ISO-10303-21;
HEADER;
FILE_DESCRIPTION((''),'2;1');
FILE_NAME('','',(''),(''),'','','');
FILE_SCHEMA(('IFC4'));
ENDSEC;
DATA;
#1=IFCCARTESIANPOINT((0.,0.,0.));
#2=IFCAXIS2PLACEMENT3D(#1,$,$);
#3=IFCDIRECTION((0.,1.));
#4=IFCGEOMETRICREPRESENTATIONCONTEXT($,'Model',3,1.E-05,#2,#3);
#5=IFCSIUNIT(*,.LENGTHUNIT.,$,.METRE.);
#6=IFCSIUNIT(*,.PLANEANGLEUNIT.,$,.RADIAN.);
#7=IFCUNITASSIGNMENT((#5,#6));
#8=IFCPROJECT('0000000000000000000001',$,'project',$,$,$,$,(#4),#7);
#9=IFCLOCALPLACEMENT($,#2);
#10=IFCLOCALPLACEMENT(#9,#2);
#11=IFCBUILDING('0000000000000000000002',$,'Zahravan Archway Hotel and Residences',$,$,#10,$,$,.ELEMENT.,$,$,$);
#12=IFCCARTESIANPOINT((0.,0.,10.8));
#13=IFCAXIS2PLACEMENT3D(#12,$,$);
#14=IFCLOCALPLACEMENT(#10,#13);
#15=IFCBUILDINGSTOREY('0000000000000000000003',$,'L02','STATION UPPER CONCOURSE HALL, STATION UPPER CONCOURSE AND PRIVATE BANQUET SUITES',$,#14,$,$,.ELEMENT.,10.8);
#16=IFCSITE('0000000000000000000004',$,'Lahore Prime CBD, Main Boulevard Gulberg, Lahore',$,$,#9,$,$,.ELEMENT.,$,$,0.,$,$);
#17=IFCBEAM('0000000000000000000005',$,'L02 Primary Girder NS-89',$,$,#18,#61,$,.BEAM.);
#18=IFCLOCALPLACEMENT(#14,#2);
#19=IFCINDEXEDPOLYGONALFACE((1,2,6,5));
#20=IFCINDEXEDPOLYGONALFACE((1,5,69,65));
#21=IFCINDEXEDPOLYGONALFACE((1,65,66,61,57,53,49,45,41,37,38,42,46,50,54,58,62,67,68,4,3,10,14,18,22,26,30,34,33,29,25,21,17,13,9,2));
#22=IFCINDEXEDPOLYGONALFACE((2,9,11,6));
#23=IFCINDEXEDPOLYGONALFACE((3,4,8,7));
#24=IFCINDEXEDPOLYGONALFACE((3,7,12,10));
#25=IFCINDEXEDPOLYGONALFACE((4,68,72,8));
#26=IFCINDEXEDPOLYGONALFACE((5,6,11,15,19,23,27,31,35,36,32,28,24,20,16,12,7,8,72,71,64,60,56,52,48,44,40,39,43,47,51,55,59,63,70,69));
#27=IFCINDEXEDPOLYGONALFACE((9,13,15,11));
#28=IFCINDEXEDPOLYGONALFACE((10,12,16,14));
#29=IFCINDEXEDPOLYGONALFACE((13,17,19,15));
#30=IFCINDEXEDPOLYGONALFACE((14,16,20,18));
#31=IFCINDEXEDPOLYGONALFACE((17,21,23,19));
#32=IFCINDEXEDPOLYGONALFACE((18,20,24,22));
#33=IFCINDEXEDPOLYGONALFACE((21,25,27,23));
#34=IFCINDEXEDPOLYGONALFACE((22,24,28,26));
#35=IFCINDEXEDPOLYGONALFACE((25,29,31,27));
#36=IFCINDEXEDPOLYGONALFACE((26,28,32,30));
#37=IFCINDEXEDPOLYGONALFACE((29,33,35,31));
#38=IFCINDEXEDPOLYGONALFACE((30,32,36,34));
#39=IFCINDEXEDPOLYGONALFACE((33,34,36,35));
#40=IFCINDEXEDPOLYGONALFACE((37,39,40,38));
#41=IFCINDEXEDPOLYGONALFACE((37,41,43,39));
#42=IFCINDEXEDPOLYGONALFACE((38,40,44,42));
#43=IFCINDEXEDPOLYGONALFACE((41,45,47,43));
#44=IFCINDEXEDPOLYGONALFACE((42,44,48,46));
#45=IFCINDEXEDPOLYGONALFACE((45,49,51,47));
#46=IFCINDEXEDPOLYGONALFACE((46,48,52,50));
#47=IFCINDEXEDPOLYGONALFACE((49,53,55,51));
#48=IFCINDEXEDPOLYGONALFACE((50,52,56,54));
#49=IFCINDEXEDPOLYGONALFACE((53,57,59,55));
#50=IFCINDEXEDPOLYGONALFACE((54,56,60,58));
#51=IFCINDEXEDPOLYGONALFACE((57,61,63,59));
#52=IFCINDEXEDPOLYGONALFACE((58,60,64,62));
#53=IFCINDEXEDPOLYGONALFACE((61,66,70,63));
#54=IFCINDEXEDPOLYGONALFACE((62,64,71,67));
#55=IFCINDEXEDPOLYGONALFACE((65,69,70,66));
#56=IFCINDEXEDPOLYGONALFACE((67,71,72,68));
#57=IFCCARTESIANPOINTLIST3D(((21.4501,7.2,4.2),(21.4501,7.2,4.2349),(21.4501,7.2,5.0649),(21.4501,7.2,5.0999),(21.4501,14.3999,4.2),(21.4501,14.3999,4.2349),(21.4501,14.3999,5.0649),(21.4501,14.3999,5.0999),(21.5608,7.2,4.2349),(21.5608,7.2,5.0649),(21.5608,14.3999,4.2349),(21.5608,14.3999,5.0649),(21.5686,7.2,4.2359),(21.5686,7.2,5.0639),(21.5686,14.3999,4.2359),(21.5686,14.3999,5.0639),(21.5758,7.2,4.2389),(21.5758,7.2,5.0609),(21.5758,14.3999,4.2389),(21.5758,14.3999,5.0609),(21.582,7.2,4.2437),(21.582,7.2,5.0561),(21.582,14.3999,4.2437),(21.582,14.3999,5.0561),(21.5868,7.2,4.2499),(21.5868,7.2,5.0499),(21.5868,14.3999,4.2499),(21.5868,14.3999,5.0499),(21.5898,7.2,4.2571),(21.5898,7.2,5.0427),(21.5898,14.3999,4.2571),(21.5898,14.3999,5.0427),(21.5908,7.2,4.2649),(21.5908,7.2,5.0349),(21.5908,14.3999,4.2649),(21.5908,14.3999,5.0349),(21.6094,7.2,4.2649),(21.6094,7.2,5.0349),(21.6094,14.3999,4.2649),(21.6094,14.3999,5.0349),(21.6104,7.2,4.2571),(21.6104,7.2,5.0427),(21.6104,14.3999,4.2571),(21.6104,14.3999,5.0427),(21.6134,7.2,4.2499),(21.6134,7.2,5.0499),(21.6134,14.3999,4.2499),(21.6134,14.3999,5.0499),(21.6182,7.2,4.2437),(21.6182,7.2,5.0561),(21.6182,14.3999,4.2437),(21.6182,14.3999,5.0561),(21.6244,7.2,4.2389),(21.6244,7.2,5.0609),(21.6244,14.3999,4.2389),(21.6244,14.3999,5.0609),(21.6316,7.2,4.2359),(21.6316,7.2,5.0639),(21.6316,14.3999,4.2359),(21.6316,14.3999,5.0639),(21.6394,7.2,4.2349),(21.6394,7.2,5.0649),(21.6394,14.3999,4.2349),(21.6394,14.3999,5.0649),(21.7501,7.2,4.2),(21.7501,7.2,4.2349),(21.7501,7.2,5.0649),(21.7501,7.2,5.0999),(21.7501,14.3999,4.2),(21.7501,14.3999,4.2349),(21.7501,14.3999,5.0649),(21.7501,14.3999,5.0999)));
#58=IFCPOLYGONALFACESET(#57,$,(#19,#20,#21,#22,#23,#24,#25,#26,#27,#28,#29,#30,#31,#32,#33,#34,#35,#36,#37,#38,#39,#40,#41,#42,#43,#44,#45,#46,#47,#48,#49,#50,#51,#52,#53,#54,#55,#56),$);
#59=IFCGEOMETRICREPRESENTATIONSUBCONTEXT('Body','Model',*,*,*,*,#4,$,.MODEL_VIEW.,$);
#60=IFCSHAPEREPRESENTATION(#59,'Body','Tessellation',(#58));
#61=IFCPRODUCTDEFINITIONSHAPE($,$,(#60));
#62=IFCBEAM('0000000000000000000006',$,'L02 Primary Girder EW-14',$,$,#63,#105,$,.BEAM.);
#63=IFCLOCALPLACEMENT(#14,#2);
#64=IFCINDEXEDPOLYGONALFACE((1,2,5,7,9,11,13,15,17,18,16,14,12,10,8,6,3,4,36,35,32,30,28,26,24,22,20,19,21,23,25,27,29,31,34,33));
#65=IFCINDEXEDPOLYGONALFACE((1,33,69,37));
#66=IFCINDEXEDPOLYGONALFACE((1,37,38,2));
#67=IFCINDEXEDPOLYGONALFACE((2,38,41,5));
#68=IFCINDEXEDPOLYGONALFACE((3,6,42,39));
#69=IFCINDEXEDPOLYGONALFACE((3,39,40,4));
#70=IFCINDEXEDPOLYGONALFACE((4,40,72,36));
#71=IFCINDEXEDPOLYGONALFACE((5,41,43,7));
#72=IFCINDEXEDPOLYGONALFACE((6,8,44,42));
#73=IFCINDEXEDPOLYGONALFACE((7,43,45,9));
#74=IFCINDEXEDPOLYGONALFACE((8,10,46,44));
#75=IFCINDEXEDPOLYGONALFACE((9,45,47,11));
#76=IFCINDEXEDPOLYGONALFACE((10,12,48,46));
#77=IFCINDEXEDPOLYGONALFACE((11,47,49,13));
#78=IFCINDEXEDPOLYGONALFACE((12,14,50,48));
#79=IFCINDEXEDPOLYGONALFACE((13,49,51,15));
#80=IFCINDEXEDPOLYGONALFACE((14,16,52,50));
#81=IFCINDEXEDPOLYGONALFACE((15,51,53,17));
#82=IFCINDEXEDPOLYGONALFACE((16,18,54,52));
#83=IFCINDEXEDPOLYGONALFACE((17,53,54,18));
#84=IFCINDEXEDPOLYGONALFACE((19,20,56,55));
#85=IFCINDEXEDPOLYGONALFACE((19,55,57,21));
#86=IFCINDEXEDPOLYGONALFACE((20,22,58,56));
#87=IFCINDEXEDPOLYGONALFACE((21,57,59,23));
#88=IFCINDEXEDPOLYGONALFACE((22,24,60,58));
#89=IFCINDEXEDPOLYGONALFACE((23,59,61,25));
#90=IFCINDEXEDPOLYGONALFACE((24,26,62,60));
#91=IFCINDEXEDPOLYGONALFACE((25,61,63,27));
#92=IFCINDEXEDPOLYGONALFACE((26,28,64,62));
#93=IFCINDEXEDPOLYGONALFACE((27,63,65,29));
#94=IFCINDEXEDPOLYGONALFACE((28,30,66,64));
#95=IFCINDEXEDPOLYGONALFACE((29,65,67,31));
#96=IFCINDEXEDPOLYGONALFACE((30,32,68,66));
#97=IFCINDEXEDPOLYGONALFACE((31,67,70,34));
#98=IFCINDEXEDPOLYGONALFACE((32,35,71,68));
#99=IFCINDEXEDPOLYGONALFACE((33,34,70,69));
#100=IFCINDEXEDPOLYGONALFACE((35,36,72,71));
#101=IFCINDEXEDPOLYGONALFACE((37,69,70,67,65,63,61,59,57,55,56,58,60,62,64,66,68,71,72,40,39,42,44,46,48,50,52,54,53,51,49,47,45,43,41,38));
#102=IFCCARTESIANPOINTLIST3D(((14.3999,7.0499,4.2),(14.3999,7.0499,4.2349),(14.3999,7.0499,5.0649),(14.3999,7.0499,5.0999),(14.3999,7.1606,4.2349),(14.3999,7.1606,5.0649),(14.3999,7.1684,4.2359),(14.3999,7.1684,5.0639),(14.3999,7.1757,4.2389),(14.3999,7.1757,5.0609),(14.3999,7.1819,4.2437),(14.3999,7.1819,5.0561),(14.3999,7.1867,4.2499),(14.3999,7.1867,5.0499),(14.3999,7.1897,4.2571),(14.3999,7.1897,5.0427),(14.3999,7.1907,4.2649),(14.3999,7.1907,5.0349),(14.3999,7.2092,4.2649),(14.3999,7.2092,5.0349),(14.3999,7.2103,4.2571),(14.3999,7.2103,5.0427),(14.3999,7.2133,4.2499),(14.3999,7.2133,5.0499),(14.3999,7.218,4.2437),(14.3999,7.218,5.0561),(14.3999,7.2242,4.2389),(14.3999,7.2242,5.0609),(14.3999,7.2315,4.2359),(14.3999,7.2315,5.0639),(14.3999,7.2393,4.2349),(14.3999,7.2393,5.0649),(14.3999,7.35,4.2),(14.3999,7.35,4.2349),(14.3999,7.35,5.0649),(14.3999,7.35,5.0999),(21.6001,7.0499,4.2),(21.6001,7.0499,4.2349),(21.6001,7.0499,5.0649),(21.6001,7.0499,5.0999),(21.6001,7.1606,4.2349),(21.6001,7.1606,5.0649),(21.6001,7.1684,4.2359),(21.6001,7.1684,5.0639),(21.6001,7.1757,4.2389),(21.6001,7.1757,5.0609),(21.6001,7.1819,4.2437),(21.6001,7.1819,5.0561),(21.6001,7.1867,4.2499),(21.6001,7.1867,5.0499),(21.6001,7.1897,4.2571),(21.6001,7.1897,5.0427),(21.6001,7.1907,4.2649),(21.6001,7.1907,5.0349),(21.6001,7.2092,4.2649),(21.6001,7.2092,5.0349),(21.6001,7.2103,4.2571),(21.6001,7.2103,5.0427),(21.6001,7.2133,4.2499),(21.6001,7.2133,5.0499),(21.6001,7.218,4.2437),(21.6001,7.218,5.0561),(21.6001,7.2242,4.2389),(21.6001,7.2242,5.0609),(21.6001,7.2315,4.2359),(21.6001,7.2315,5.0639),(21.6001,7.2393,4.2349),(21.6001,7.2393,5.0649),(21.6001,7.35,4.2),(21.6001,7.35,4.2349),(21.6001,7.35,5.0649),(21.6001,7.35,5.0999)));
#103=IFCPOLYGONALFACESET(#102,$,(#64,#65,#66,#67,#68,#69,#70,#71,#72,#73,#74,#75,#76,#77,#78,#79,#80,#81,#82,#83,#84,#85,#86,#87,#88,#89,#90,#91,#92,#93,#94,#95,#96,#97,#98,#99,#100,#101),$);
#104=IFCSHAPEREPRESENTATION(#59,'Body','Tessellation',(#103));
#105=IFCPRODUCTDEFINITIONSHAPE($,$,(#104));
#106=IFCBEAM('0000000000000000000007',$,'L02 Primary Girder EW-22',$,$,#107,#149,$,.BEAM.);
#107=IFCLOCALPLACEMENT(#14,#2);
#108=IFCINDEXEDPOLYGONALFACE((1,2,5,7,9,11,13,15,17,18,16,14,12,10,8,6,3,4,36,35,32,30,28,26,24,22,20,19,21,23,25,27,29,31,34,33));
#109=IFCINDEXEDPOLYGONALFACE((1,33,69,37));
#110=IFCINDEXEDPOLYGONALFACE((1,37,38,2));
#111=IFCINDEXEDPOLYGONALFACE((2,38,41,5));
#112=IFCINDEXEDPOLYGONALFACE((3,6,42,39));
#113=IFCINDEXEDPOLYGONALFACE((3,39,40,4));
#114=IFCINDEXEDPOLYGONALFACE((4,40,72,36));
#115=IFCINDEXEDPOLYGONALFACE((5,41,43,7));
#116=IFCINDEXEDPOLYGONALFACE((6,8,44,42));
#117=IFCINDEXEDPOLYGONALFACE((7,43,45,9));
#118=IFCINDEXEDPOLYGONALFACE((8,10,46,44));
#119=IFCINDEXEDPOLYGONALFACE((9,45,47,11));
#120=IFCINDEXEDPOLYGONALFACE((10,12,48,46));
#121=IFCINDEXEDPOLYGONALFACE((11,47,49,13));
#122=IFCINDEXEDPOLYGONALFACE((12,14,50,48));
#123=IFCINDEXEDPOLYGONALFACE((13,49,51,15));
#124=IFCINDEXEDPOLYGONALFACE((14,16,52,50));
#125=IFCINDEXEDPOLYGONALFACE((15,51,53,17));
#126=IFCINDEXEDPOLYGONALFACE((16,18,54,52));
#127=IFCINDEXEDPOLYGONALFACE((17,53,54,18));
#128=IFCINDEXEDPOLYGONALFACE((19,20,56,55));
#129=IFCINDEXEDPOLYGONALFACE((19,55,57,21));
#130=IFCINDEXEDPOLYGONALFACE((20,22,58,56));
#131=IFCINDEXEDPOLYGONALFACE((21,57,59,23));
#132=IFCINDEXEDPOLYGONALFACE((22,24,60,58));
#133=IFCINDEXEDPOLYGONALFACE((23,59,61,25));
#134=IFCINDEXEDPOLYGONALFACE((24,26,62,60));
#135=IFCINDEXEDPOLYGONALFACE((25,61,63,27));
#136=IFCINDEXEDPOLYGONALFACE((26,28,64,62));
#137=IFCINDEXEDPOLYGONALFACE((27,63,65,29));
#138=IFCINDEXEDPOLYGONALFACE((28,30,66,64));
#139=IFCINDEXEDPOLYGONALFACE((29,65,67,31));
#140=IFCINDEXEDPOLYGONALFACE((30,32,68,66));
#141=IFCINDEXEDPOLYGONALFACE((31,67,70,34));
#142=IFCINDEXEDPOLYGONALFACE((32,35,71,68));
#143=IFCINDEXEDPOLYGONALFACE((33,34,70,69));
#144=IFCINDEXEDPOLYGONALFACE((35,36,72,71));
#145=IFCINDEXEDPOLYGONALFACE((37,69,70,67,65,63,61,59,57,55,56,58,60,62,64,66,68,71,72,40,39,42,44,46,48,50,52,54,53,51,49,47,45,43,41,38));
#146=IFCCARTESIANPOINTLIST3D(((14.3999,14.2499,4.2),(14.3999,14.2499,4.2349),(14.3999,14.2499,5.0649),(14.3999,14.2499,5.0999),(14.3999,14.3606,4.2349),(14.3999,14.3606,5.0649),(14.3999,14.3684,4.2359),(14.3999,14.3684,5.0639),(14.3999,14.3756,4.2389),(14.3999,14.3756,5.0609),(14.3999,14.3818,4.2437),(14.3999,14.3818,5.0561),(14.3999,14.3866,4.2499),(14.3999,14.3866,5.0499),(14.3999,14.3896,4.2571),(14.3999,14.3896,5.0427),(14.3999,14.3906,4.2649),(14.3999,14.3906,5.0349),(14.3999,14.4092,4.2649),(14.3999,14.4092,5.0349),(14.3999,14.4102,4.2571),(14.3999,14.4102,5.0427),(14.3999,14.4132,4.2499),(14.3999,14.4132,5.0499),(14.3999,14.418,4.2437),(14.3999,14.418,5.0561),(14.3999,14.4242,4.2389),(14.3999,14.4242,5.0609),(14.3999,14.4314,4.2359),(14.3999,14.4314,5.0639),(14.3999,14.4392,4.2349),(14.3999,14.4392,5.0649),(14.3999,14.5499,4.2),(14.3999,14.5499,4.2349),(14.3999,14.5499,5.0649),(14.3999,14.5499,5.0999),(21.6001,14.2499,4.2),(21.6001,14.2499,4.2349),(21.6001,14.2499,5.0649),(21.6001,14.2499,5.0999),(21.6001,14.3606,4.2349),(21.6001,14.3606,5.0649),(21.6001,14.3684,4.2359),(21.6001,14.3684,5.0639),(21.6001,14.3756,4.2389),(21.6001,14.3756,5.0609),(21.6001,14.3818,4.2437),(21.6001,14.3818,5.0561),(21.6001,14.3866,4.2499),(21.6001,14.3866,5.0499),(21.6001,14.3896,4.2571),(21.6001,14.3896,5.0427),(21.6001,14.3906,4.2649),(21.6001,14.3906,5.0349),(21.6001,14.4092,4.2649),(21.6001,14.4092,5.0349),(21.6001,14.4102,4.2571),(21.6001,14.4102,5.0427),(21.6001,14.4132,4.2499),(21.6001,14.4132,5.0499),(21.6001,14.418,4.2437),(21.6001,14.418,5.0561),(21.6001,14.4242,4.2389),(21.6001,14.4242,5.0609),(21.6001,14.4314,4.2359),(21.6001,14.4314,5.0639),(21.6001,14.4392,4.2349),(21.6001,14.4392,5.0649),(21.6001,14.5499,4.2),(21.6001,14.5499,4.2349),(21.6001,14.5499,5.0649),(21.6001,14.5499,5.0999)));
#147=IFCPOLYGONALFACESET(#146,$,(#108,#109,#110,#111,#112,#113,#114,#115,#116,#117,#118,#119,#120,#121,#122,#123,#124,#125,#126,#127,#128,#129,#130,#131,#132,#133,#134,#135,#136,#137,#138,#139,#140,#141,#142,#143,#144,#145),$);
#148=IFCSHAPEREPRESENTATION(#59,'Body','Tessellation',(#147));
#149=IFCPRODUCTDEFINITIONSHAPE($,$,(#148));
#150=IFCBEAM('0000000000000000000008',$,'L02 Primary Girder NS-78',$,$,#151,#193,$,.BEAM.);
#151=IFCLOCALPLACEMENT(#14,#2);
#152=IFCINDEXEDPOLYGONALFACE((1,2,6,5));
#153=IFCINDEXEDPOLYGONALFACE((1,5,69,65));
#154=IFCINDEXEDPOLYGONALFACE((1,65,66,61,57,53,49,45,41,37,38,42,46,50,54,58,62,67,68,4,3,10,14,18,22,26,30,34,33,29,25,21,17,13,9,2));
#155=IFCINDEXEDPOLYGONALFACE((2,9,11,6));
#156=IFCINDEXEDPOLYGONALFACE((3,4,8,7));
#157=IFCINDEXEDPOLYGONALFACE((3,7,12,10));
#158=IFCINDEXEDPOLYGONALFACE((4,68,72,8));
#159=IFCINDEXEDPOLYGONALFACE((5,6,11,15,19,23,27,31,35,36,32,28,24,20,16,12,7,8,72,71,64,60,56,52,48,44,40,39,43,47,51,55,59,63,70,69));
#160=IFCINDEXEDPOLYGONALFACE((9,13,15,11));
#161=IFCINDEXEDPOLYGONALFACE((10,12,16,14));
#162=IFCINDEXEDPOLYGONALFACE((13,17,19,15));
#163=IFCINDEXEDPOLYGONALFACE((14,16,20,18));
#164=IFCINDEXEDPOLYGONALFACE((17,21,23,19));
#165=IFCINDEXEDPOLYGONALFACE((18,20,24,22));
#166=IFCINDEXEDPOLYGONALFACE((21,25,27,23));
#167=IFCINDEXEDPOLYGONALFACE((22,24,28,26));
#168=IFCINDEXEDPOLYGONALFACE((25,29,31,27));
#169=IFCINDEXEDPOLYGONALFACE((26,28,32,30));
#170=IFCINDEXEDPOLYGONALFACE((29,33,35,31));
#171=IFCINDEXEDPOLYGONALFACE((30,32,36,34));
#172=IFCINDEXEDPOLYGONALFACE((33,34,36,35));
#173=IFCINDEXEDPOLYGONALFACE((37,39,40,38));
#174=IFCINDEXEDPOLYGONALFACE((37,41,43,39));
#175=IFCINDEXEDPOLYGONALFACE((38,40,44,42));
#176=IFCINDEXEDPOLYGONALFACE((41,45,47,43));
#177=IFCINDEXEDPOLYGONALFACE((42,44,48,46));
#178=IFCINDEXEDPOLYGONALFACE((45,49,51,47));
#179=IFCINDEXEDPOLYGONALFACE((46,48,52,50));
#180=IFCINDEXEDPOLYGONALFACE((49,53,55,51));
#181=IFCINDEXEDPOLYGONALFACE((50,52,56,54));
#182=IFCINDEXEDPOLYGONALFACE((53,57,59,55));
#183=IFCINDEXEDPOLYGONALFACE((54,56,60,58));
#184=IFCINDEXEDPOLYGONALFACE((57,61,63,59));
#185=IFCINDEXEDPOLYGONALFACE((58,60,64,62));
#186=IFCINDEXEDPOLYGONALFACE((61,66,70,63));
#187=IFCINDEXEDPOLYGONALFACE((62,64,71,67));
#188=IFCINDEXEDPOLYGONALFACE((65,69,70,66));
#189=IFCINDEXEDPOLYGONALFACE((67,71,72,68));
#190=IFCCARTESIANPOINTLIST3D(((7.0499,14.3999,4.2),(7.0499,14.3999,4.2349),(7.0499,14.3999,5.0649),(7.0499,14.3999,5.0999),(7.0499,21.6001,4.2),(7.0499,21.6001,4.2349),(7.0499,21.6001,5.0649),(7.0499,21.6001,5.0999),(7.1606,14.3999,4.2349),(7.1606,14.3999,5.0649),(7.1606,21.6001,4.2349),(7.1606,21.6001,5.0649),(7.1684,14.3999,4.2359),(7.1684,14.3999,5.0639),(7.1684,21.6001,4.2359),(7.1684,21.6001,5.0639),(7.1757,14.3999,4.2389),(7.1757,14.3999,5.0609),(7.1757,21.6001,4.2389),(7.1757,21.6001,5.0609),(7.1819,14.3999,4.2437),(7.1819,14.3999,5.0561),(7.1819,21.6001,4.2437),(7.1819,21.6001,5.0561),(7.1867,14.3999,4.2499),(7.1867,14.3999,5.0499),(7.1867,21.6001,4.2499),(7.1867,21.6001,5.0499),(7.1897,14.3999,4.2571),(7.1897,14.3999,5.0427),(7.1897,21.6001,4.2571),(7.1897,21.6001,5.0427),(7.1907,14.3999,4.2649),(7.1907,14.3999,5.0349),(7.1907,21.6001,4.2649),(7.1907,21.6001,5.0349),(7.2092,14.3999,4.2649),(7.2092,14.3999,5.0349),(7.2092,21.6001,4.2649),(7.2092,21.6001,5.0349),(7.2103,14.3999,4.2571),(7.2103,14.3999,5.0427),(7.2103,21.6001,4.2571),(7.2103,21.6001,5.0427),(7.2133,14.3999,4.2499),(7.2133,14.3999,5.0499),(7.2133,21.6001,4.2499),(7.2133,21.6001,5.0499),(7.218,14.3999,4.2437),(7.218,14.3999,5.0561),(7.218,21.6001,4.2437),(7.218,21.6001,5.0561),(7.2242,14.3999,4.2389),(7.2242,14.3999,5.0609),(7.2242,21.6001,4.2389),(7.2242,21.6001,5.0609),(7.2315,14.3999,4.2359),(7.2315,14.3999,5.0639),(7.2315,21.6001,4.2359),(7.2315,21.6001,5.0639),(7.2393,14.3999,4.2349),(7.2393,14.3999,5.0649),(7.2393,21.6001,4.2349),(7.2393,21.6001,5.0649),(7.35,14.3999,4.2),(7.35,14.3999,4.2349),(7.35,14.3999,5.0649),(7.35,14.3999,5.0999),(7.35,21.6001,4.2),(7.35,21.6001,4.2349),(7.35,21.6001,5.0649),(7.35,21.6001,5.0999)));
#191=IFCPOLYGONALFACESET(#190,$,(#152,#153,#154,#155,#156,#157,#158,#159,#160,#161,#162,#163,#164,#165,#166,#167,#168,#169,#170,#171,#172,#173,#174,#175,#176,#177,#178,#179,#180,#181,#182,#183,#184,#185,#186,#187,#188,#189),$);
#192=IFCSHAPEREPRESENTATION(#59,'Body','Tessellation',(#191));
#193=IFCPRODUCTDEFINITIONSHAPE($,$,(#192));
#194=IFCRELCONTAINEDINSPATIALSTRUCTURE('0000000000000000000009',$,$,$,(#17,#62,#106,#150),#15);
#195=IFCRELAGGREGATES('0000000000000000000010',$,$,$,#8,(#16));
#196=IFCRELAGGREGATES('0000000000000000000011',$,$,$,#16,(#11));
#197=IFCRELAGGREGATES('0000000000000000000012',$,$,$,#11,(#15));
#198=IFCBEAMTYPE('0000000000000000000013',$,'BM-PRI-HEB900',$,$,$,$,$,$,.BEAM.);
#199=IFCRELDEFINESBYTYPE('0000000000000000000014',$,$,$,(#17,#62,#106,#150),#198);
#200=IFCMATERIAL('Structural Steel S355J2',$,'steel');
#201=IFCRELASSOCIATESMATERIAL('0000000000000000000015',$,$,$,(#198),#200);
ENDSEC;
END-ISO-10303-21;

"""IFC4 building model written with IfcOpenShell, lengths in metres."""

from ifc_helpers import new_model, si_unit, direction, frame, origin, origin_2d, place, context, subcontext, project, spatial, i_section, extrude, source, transform, mapped, material, material_profile, profile_set, type_object, element, save


model = new_model("IFC4")

# Units and contexts
model_context = context("Model", 3, precision=1e-05, world=origin(), true_north=direction((0.0, 1.0)))
body_context = subcontext(model_context, "Body", "Model", "MODEL_VIEW")
ifc_project = project(units=[si_unit("LENGTHUNIT", "METRE"), si_unit("PLANEANGLEUNIT", "RADIAN")], contexts=[model_context])

# Site, building, storey
site_placement = place(None, origin())
site = spatial("IfcSite", under=ifc_project, at=site_placement, Name="Lahore Prime CBD, Main Boulevard Gulberg, Lahore", CompositionType="ELEMENT", RefElevation=0.0)
building_placement = place(site_placement, origin())
building = spatial("IfcBuilding", under=site, at=building_placement, Name="Zahravan Archway Hotel and Residences", CompositionType="ELEMENT")
storey_placement = place(building_placement, frame((0.0, 0.0, 10.8)))
storey = spatial("IfcBuildingStorey", under=building, at=storey_placement, Name="L02", Description="STATION UPPER CONCOURSE HALL, STATION UPPER CONCOURSE AND PRIVATE BANQUET SUITES", CompositionType="ELEMENT", Elevation=10.8)

# Beams
ifc_material_1 = material(Name="Structural Steel S355J2", Category="steel")
ifc_material_profile_1 = material_profile(ifc_material_1, i_section(OverallWidth=0.3, OverallDepth=0.8999, WebThickness=0.0186, FlangeThickness=0.0349, FilletRadius=0.03, at=origin_2d()), Name="HEB 900", Category="steel")
ifc_profile_set_1 = profile_set([ifc_material_profile_1], Name="Structural Steel S355J2")
beam_type_1 = type_object("IfcBeamType", Name="BM-PRI-HEB900", PredefinedType="BEAM", material=ifc_profile_set_1)
shared_shape_1 = source(origin(), body_context, "Body", "SweptSolid", [
    extrude(i_section(OverallWidth=0.3, OverallDepth=0.8999, WebThickness=0.0186, FlangeThickness=0.0349, FilletRadius=0.03, at=origin_2d()), origin(), (0.0, 0.0, 1.0), 7.2),
])
for number, where, z_axis, x_axis, name in (
    (1, (21.6001, 7.2, 4.6499), (0.0, 1.0, 0.0), (-1.0, 0.0, 0.0), "L02 Primary Girder NS-89"),
):
    element("IfcBeam", number, at=place(storey_placement, frame(where, z_axis=z_axis, x_axis=x_axis)), inside=storey, type_object=beam_type_1, Name=name, PredefinedType="BEAM", context=body_context, shape_type="MappedRepresentation", body=[
        mapped(shared_shape_1, transform((0.0, 0.0, 0.0), scale=1.0)),
    ])
shared_shape_2 = source(origin(), body_context, "Body", "SweptSolid", [
    extrude(i_section(OverallWidth=0.3, OverallDepth=0.8999, WebThickness=0.0186, FlangeThickness=0.0349, FilletRadius=0.03, at=origin_2d()), origin(), (0.0, 0.0, 1.0), 7.2002),
])
for number, where, z_axis, x_axis, name in (
    (2, (14.3999, 7.2, 4.6499), (1.0, 0.0, 0.0), (0.0, 1.0, 0.0), "L02 Primary Girder EW-14"),
    (3, (14.3999, 14.3999, 4.6499), (1.0, 0.0, 0.0), (0.0, 1.0, 0.0), "L02 Primary Girder EW-22"),
    (4, (7.2, 14.3999, 4.6499), (0.0, 1.0, 0.0), (-1.0, 0.0, 0.0), "L02 Primary Girder NS-78"),
):
    element("IfcBeam", number, at=place(storey_placement, frame(where, z_axis=z_axis, x_axis=x_axis)), inside=storey, type_object=beam_type_1, Name=name, PredefinedType="BEAM", context=body_context, shape_type="MappedRepresentation", body=[
        mapped(shared_shape_2, transform((0.0, 0.0, 0.0), scale=1.0)),
    ])

save(model, "model.ifc")
